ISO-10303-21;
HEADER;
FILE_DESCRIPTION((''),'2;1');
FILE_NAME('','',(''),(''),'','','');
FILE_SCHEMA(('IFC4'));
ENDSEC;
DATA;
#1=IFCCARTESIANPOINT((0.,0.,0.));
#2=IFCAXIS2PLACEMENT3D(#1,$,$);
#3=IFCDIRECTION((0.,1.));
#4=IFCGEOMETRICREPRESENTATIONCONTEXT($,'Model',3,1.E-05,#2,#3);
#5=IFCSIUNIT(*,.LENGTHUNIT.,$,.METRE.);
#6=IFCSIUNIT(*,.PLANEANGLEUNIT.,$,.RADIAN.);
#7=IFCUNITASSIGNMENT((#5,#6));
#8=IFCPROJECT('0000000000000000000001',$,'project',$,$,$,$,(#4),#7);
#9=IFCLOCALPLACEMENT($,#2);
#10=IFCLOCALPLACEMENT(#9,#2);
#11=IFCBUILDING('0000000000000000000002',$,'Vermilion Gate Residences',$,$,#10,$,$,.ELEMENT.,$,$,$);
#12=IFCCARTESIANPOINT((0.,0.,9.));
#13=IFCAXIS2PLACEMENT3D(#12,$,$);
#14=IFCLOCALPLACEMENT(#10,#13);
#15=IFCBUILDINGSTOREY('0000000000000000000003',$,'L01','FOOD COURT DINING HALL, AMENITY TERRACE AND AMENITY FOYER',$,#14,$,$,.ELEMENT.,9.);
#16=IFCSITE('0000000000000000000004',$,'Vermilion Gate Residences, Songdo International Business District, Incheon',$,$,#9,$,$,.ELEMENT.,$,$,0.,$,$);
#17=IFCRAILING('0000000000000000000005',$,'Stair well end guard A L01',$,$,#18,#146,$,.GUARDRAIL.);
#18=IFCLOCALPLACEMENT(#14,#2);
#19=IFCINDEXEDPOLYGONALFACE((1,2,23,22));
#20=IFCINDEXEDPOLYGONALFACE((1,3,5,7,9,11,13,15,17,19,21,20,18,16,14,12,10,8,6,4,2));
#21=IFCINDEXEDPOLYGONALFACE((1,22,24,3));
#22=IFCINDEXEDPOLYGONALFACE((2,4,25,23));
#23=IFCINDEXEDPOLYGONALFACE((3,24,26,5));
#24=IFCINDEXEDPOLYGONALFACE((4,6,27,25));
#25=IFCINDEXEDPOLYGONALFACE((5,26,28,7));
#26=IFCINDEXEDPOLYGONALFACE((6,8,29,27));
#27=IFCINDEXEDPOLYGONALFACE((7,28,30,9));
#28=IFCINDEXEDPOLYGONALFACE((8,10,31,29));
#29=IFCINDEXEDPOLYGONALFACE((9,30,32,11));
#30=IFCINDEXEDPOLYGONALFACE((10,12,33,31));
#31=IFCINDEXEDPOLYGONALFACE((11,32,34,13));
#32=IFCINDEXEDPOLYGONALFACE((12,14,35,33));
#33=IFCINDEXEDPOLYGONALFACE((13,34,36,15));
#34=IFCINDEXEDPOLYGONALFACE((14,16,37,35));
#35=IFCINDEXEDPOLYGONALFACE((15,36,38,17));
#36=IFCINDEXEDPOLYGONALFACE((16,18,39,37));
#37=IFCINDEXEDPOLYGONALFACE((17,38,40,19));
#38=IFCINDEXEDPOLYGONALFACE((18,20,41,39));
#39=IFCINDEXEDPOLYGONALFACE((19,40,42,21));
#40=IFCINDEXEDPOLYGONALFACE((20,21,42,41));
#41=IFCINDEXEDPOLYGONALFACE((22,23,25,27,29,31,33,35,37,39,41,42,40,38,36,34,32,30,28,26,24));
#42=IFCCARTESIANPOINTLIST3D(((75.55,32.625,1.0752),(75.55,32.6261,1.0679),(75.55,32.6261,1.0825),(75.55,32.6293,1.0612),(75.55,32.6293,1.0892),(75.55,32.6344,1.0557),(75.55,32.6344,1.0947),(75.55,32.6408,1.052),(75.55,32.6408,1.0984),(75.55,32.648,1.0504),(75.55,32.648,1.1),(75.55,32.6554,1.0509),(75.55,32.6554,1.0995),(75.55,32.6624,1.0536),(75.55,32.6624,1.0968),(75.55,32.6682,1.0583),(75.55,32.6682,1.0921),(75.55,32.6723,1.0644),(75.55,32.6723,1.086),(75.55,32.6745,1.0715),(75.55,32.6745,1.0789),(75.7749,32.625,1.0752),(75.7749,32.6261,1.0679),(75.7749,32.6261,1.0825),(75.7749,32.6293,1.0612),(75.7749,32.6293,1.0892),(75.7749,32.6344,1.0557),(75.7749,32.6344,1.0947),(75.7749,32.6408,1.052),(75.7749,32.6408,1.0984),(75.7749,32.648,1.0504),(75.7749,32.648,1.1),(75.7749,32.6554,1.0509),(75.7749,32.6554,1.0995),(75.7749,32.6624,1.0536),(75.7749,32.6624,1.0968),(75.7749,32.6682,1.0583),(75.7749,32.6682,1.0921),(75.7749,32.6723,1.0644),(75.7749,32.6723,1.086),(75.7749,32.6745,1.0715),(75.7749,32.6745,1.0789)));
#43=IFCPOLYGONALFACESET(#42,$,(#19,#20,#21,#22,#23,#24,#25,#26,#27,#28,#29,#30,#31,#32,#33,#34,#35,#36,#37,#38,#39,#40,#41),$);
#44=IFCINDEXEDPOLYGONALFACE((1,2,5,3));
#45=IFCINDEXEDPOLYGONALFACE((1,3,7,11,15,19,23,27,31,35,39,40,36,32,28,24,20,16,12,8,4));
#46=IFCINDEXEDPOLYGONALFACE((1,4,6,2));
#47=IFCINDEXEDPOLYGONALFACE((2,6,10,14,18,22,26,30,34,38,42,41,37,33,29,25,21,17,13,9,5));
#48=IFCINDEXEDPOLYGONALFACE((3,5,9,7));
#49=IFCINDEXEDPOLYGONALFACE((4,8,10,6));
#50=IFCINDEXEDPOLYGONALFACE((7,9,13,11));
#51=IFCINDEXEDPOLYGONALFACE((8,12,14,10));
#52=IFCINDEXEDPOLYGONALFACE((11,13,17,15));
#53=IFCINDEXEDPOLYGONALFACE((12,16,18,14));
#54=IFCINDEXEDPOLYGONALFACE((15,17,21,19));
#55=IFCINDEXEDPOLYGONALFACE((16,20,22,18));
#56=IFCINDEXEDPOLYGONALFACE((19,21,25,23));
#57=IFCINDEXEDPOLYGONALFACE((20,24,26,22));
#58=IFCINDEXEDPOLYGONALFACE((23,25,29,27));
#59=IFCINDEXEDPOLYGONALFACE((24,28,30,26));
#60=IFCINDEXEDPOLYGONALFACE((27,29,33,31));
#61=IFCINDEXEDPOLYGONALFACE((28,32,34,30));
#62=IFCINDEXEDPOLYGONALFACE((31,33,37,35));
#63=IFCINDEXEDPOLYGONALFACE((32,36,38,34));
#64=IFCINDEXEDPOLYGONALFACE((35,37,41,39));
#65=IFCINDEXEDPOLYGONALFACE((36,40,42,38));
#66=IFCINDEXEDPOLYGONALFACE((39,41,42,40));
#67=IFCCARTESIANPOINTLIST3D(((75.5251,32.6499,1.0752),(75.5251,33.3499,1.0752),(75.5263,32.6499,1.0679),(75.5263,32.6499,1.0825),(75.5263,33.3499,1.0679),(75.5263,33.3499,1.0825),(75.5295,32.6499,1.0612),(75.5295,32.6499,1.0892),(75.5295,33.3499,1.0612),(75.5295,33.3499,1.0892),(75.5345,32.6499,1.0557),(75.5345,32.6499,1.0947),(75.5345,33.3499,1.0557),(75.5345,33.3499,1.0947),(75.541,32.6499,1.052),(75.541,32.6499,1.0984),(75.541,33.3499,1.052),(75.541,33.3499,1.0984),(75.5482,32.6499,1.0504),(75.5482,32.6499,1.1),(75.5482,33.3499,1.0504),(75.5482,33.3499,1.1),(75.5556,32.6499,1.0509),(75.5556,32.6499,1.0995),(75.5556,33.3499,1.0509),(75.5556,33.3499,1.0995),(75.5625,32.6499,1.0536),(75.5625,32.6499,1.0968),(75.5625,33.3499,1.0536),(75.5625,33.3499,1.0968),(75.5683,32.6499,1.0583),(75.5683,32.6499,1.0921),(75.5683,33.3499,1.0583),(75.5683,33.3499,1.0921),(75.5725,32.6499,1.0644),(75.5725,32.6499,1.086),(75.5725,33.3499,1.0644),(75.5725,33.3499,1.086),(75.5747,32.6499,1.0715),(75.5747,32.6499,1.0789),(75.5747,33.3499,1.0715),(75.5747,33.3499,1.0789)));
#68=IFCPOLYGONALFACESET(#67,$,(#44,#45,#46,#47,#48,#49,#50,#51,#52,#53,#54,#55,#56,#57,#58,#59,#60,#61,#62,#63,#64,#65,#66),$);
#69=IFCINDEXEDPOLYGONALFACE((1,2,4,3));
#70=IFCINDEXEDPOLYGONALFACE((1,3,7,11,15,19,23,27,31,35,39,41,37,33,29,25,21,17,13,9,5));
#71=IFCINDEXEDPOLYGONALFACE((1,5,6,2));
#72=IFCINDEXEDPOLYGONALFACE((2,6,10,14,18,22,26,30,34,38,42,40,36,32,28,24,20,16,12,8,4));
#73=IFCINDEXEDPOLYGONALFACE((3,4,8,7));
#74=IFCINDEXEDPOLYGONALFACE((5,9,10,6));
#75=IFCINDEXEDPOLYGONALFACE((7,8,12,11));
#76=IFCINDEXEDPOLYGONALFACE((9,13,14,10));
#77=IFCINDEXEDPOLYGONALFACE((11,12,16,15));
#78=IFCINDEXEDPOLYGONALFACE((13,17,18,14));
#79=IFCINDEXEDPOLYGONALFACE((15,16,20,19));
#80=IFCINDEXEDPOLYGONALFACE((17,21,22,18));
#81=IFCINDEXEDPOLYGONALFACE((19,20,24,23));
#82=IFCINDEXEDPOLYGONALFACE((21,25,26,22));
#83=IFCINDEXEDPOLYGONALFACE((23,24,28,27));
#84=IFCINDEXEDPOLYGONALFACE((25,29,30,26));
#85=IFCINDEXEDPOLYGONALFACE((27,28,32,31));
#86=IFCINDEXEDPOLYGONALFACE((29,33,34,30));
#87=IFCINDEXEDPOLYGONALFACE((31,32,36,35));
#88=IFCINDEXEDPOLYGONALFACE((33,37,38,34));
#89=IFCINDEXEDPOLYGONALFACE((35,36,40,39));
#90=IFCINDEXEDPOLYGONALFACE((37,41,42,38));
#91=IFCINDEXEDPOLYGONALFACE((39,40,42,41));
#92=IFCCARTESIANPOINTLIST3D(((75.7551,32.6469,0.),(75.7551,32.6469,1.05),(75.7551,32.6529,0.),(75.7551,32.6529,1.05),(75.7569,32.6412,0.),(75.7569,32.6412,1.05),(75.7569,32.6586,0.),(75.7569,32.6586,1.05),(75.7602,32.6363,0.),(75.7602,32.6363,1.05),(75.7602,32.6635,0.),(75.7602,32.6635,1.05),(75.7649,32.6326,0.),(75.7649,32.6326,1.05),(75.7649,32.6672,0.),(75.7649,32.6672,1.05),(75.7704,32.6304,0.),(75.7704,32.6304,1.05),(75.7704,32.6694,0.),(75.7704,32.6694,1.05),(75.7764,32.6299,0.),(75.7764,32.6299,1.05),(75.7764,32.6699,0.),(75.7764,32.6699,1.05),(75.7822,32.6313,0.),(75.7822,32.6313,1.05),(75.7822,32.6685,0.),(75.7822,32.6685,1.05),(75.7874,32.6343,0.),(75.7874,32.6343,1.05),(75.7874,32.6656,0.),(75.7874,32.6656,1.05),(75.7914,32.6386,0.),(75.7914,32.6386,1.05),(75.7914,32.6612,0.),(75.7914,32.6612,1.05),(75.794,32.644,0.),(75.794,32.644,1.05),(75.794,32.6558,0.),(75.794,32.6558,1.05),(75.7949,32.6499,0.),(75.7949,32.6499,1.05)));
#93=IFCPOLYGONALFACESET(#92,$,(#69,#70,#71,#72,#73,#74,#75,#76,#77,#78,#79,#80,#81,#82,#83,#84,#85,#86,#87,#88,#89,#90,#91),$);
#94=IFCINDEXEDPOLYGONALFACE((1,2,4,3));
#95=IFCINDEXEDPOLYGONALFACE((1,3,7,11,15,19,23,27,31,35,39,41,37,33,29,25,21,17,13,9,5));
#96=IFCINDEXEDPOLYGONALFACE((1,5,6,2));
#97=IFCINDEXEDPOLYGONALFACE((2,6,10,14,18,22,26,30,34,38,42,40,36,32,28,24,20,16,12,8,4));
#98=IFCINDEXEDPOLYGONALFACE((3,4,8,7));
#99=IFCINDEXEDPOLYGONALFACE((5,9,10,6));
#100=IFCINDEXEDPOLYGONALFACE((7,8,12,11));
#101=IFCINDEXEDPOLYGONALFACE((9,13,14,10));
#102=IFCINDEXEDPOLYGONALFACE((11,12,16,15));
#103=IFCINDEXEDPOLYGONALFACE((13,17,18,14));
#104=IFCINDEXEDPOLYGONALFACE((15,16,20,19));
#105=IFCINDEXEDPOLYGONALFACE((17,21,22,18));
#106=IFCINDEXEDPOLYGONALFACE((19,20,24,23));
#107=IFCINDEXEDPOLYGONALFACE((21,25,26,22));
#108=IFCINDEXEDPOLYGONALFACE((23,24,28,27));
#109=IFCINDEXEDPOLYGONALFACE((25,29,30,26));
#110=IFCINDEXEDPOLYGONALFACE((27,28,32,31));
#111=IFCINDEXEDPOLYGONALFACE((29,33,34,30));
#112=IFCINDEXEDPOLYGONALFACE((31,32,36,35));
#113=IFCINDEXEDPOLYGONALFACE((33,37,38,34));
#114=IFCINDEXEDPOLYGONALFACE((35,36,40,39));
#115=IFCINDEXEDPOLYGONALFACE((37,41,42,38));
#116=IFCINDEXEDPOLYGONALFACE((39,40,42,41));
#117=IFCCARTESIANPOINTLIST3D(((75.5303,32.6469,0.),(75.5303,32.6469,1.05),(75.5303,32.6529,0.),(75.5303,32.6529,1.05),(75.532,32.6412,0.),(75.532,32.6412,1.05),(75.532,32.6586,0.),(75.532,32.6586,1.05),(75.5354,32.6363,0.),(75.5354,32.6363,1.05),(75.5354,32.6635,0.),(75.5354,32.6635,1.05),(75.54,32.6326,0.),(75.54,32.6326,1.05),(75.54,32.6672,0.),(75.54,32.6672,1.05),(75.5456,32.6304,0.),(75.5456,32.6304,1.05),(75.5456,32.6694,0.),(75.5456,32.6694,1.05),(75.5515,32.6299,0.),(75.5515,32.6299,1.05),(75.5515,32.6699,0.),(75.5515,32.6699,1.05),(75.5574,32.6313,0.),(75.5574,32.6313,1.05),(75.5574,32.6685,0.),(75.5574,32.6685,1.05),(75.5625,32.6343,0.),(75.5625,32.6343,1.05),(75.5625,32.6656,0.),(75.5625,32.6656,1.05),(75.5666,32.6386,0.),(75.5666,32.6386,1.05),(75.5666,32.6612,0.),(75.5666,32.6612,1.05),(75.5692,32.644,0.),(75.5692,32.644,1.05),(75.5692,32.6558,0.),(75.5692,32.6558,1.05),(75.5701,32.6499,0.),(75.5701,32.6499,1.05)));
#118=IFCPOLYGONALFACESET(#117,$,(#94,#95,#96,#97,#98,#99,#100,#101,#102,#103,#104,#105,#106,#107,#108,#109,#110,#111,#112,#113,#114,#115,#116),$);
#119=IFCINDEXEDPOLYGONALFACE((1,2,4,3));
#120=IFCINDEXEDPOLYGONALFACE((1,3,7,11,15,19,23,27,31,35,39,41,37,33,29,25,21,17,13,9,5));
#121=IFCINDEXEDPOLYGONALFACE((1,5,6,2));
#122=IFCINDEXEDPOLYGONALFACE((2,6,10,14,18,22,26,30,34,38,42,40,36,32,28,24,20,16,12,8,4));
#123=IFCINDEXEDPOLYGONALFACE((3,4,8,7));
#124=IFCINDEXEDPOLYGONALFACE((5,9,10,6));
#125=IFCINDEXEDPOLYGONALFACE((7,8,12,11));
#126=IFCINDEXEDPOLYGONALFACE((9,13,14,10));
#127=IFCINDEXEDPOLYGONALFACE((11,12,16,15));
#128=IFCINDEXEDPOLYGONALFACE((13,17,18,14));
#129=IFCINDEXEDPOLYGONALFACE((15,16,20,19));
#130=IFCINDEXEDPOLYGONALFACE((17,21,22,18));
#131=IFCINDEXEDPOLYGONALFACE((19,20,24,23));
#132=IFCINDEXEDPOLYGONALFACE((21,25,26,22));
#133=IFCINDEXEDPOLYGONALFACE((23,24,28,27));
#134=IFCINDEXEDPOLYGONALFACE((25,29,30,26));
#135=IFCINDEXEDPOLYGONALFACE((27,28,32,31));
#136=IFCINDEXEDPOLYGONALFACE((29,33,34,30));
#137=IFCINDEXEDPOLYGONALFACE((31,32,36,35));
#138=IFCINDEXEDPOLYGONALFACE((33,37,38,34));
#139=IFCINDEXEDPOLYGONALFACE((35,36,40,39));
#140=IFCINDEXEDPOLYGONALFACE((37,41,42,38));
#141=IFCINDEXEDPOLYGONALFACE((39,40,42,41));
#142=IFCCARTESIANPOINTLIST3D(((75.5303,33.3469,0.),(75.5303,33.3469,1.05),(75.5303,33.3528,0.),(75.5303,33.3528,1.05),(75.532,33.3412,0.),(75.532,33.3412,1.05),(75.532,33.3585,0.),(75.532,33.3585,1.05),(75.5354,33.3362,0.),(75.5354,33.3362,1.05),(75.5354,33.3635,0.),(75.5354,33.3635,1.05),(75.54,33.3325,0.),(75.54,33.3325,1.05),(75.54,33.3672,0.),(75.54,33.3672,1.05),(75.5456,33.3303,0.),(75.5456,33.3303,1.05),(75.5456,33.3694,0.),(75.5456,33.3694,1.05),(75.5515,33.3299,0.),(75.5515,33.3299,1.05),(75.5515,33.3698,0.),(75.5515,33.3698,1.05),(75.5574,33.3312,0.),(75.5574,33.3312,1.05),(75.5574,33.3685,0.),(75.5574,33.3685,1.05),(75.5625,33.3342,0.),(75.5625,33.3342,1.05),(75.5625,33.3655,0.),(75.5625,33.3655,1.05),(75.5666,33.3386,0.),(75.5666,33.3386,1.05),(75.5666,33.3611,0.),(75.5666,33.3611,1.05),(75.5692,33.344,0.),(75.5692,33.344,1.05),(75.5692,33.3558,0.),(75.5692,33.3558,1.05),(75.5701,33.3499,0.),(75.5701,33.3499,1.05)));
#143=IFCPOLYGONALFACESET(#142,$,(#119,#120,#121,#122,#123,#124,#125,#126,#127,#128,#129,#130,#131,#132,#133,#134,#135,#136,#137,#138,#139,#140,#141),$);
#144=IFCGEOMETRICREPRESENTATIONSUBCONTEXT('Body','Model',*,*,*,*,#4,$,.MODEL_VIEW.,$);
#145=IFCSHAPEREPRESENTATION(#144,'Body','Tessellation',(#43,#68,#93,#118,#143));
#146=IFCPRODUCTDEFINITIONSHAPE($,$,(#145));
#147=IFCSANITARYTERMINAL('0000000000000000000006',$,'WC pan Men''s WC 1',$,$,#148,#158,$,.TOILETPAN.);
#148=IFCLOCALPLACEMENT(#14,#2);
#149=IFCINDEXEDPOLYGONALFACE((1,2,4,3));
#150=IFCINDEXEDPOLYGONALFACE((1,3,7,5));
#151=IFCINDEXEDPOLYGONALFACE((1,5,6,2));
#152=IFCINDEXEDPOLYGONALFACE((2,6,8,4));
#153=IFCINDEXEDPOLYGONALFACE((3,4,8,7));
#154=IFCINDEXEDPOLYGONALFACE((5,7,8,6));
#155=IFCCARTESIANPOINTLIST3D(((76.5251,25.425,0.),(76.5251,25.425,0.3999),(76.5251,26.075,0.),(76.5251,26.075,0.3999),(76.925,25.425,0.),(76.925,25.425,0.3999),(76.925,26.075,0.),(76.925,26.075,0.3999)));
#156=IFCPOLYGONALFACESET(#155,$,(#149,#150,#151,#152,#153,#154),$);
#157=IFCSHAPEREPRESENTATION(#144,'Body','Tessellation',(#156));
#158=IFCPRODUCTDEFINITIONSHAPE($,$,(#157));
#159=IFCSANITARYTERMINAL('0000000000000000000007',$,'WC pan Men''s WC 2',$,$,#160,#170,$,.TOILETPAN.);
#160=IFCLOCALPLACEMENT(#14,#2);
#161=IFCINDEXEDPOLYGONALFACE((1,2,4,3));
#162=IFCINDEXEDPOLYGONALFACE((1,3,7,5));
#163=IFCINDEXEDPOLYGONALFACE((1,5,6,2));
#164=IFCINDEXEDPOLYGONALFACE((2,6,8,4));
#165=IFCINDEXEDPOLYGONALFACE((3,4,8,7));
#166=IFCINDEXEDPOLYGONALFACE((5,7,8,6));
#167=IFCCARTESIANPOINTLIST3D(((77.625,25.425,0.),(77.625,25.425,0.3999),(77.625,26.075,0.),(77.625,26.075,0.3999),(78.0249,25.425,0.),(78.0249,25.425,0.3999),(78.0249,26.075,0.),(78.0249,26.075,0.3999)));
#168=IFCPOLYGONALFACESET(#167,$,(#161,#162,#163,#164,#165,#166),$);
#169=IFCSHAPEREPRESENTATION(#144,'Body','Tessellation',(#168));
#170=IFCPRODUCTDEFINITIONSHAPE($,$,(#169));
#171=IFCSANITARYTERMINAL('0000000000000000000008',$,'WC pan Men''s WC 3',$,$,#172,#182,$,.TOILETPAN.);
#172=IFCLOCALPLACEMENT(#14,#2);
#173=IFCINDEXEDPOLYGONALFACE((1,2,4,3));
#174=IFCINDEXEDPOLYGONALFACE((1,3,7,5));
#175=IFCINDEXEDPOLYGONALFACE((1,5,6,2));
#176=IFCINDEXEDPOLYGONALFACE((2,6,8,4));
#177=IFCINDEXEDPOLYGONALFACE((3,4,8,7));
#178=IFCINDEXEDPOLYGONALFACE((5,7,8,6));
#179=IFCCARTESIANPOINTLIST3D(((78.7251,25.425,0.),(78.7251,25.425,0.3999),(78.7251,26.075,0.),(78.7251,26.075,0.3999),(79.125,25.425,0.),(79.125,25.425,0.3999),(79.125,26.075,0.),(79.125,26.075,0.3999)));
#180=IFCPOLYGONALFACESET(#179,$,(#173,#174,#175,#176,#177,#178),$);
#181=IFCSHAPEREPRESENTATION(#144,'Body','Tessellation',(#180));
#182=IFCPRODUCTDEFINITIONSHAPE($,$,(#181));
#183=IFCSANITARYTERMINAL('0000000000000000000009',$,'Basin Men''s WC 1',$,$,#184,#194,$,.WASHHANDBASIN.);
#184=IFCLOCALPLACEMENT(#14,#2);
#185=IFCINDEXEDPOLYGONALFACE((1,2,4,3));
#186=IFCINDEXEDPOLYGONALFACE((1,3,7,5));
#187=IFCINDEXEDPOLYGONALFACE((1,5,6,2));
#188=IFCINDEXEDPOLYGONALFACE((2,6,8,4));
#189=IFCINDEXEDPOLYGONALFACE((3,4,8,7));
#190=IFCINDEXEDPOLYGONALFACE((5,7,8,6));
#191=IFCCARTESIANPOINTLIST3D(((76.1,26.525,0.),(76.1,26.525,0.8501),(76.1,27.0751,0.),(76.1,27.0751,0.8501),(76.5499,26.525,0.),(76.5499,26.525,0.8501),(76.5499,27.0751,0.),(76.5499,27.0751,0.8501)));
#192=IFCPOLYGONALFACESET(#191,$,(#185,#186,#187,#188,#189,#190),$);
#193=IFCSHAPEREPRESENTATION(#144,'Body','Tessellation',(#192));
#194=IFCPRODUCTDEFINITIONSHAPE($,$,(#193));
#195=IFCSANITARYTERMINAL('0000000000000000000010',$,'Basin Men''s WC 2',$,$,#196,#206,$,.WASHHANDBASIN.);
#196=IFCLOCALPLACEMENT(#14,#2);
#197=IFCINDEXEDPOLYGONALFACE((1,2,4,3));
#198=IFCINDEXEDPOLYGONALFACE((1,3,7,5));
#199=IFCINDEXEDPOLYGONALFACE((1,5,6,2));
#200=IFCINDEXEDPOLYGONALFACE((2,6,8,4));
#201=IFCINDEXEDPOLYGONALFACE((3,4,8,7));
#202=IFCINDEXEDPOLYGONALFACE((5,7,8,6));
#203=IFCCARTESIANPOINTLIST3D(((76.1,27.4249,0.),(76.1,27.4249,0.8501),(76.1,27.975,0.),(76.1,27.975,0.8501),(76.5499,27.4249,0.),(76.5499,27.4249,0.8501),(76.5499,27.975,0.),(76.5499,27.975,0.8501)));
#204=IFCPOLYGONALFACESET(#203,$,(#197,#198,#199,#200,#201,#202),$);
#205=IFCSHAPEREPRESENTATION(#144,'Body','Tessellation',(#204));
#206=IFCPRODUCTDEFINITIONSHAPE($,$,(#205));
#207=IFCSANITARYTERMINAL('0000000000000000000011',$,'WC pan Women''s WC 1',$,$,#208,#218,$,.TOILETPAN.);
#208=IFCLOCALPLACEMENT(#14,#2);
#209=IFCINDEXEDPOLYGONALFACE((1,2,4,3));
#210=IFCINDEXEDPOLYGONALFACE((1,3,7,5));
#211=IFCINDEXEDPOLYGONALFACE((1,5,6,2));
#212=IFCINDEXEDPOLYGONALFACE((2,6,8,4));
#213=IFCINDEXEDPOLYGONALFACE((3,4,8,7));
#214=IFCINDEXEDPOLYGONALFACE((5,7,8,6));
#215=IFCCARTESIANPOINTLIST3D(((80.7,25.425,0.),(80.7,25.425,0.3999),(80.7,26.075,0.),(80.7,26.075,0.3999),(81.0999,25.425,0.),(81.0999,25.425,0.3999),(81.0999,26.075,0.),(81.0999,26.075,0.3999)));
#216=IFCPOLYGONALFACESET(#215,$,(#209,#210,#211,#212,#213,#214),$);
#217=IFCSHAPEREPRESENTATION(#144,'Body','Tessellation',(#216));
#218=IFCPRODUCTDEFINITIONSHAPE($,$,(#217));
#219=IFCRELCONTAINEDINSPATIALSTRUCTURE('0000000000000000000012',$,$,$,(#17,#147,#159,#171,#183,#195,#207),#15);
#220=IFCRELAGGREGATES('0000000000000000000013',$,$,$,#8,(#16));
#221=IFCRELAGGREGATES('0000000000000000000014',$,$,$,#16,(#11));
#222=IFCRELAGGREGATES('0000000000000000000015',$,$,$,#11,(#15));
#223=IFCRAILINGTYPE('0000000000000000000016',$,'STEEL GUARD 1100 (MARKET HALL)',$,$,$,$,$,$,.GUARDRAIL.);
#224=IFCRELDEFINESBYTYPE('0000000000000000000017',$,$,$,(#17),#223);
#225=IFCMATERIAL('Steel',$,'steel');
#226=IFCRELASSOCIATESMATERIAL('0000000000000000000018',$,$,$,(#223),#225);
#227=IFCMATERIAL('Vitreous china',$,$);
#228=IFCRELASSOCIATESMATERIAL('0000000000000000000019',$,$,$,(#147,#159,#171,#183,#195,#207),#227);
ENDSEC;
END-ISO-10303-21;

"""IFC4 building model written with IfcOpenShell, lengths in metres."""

from ifc_helpers import new_model, si_unit, direction, frame, origin, origin_2d, place, context, subcontext, project, spatial, rectangle, circle, extrude, material, type_object, element, save


model = new_model("IFC4")

# Units and contexts
model_context = context("Model", 3, precision=1e-05, world=origin(), true_north=direction((0.0, 1.0)))
body_context = subcontext(model_context, "Body", "Model", "MODEL_VIEW")
ifc_project = project(units=[si_unit("LENGTHUNIT", "METRE"), si_unit("PLANEANGLEUNIT", "RADIAN")], contexts=[model_context])

# Site, building, storey
site_placement = place(None, origin())
site = spatial("IfcSite", under=ifc_project, at=site_placement, Name="Vermilion Gate Residences, Songdo International Business District, Incheon", CompositionType="ELEMENT", RefElevation=0.0)
building_placement = place(site_placement, origin())
building = spatial("IfcBuilding", under=site, at=building_placement, Name="Vermilion Gate Residences", CompositionType="ELEMENT")
storey_placement = place(building_placement, frame((0.0, 0.0, 9.0)))
storey = spatial("IfcBuildingStorey", under=building, at=storey_placement, Name="L01", Description="FOOD COURT DINING HALL, AMENITY TERRACE AND AMENITY FOYER", CompositionType="ELEMENT", Elevation=9.0)

# Railing
ifc_material_1 = material(Name="Steel", Category="steel")
railing_type = type_object("IfcRailingType", Name="STEEL GUARD 1100 (MARKET HALL)", PredefinedType="GUARDRAIL", material=ifc_material_1)
railing_placement = place(storey_placement, frame((75.7749, 32.6499, 0.0)))
element("IfcRailing", 1, at=railing_placement, inside=storey, type_object=railing_type, Name="Stair well end guard A L01", PredefinedType="GUARDRAIL", context=body_context, shape_type="SweptSolid", body=[
    extrude(circle(Radius=0.0249, at=origin_2d()), frame((0.0, 0.0, 1.0752), z_axis=(-1.0, 0.0, 0.0), x_axis=(0.0, -1.0, 0.0)), (0.0, 0.0, 1.0), 0.2249),
    extrude(circle(Radius=0.0249, at=origin_2d()), frame((-0.2249, 0.0, 1.0752), z_axis=(0.0, 1.0, 0.0), x_axis=(-1.0, 0.0, 0.0)), (0.0, 0.0, 1.0), 0.7),
    extrude(circle(Radius=0.02, at=origin_2d()), origin(), (0.0, 0.0, 1.0), 1.05),
    extrude(circle(Radius=0.02, at=origin_2d()), frame((-0.2249, 0.0, 0.0)), (0.0, 0.0, 1.0), 1.05),
    extrude(circle(Radius=0.02, at=origin_2d()), frame((-0.2249, 0.7, 0.0)), (0.0, 0.0, 1.0), 1.05),
])

# Sanitary terminals
ifc_material_2 = material(Name="Vitreous china")
for number, where, z_axis, x_axis, name in (
    (2, (76.7251, 25.75, 0.0), (0.0, 0.0, 1.0), (1.0, 0.0, 0.0), "WC pan Men's WC 1"),
    (3, (77.825, 25.75, 0.0), (0.0, 0.0, 1.0), (1.0, 0.0, 0.0), "WC pan Men's WC 2"),
    (4, (78.925, 25.75, 0.0), (0.0, 0.0, 1.0), (1.0, 0.0, 0.0), "WC pan Men's WC 3"),
):
    element("IfcSanitaryTerminal", number, at=place(storey_placement, frame(where, z_axis=z_axis, x_axis=x_axis)), inside=storey, material=ifc_material_2, Name=name, PredefinedType="TOILETPAN", context=body_context, shape_type="SweptSolid", body=[
        extrude(rectangle(XDim=0.3999, YDim=0.6499, at=origin_2d()), origin(), (0.0, 0.0, 1.0), 0.3999),
    ])
for number, where, z_axis, x_axis, name in (
    (5, (76.325, 26.8, 0.0), (0.0, 0.0, 1.0), (1.0, 0.0, 0.0), "Basin Men's WC 1"),
    (6, (76.325, 27.7, 0.0), (0.0, 0.0, 1.0), (1.0, 0.0, 0.0), "Basin Men's WC 2"),
):
    element("IfcSanitaryTerminal", number, at=place(storey_placement, frame(where, z_axis=z_axis, x_axis=x_axis)), inside=storey, material=ifc_material_2, Name=name, PredefinedType="WASHHANDBASIN", context=body_context, shape_type="SweptSolid", body=[
        extrude(rectangle(XDim=0.45, YDim=0.55, at=origin_2d()), origin(), (0.0, 0.0, 1.0), 0.8501),
    ])
for number, where, z_axis, x_axis, name in (
    (7, (80.8999, 25.75, 0.0), (0.0, 0.0, 1.0), (1.0, 0.0, 0.0), "WC pan Women's WC 1"),
):
    element("IfcSanitaryTerminal", number, at=place(storey_placement, frame(where, z_axis=z_axis, x_axis=x_axis)), inside=storey, material=ifc_material_2, Name=name, PredefinedType="TOILETPAN", context=body_context, shape_type="SweptSolid", body=[
        extrude(rectangle(XDim=0.3999, YDim=0.6499, at=origin_2d()), origin(), (0.0, 0.0, 1.0), 0.3999),
    ])

save(model, "model.ifc")
